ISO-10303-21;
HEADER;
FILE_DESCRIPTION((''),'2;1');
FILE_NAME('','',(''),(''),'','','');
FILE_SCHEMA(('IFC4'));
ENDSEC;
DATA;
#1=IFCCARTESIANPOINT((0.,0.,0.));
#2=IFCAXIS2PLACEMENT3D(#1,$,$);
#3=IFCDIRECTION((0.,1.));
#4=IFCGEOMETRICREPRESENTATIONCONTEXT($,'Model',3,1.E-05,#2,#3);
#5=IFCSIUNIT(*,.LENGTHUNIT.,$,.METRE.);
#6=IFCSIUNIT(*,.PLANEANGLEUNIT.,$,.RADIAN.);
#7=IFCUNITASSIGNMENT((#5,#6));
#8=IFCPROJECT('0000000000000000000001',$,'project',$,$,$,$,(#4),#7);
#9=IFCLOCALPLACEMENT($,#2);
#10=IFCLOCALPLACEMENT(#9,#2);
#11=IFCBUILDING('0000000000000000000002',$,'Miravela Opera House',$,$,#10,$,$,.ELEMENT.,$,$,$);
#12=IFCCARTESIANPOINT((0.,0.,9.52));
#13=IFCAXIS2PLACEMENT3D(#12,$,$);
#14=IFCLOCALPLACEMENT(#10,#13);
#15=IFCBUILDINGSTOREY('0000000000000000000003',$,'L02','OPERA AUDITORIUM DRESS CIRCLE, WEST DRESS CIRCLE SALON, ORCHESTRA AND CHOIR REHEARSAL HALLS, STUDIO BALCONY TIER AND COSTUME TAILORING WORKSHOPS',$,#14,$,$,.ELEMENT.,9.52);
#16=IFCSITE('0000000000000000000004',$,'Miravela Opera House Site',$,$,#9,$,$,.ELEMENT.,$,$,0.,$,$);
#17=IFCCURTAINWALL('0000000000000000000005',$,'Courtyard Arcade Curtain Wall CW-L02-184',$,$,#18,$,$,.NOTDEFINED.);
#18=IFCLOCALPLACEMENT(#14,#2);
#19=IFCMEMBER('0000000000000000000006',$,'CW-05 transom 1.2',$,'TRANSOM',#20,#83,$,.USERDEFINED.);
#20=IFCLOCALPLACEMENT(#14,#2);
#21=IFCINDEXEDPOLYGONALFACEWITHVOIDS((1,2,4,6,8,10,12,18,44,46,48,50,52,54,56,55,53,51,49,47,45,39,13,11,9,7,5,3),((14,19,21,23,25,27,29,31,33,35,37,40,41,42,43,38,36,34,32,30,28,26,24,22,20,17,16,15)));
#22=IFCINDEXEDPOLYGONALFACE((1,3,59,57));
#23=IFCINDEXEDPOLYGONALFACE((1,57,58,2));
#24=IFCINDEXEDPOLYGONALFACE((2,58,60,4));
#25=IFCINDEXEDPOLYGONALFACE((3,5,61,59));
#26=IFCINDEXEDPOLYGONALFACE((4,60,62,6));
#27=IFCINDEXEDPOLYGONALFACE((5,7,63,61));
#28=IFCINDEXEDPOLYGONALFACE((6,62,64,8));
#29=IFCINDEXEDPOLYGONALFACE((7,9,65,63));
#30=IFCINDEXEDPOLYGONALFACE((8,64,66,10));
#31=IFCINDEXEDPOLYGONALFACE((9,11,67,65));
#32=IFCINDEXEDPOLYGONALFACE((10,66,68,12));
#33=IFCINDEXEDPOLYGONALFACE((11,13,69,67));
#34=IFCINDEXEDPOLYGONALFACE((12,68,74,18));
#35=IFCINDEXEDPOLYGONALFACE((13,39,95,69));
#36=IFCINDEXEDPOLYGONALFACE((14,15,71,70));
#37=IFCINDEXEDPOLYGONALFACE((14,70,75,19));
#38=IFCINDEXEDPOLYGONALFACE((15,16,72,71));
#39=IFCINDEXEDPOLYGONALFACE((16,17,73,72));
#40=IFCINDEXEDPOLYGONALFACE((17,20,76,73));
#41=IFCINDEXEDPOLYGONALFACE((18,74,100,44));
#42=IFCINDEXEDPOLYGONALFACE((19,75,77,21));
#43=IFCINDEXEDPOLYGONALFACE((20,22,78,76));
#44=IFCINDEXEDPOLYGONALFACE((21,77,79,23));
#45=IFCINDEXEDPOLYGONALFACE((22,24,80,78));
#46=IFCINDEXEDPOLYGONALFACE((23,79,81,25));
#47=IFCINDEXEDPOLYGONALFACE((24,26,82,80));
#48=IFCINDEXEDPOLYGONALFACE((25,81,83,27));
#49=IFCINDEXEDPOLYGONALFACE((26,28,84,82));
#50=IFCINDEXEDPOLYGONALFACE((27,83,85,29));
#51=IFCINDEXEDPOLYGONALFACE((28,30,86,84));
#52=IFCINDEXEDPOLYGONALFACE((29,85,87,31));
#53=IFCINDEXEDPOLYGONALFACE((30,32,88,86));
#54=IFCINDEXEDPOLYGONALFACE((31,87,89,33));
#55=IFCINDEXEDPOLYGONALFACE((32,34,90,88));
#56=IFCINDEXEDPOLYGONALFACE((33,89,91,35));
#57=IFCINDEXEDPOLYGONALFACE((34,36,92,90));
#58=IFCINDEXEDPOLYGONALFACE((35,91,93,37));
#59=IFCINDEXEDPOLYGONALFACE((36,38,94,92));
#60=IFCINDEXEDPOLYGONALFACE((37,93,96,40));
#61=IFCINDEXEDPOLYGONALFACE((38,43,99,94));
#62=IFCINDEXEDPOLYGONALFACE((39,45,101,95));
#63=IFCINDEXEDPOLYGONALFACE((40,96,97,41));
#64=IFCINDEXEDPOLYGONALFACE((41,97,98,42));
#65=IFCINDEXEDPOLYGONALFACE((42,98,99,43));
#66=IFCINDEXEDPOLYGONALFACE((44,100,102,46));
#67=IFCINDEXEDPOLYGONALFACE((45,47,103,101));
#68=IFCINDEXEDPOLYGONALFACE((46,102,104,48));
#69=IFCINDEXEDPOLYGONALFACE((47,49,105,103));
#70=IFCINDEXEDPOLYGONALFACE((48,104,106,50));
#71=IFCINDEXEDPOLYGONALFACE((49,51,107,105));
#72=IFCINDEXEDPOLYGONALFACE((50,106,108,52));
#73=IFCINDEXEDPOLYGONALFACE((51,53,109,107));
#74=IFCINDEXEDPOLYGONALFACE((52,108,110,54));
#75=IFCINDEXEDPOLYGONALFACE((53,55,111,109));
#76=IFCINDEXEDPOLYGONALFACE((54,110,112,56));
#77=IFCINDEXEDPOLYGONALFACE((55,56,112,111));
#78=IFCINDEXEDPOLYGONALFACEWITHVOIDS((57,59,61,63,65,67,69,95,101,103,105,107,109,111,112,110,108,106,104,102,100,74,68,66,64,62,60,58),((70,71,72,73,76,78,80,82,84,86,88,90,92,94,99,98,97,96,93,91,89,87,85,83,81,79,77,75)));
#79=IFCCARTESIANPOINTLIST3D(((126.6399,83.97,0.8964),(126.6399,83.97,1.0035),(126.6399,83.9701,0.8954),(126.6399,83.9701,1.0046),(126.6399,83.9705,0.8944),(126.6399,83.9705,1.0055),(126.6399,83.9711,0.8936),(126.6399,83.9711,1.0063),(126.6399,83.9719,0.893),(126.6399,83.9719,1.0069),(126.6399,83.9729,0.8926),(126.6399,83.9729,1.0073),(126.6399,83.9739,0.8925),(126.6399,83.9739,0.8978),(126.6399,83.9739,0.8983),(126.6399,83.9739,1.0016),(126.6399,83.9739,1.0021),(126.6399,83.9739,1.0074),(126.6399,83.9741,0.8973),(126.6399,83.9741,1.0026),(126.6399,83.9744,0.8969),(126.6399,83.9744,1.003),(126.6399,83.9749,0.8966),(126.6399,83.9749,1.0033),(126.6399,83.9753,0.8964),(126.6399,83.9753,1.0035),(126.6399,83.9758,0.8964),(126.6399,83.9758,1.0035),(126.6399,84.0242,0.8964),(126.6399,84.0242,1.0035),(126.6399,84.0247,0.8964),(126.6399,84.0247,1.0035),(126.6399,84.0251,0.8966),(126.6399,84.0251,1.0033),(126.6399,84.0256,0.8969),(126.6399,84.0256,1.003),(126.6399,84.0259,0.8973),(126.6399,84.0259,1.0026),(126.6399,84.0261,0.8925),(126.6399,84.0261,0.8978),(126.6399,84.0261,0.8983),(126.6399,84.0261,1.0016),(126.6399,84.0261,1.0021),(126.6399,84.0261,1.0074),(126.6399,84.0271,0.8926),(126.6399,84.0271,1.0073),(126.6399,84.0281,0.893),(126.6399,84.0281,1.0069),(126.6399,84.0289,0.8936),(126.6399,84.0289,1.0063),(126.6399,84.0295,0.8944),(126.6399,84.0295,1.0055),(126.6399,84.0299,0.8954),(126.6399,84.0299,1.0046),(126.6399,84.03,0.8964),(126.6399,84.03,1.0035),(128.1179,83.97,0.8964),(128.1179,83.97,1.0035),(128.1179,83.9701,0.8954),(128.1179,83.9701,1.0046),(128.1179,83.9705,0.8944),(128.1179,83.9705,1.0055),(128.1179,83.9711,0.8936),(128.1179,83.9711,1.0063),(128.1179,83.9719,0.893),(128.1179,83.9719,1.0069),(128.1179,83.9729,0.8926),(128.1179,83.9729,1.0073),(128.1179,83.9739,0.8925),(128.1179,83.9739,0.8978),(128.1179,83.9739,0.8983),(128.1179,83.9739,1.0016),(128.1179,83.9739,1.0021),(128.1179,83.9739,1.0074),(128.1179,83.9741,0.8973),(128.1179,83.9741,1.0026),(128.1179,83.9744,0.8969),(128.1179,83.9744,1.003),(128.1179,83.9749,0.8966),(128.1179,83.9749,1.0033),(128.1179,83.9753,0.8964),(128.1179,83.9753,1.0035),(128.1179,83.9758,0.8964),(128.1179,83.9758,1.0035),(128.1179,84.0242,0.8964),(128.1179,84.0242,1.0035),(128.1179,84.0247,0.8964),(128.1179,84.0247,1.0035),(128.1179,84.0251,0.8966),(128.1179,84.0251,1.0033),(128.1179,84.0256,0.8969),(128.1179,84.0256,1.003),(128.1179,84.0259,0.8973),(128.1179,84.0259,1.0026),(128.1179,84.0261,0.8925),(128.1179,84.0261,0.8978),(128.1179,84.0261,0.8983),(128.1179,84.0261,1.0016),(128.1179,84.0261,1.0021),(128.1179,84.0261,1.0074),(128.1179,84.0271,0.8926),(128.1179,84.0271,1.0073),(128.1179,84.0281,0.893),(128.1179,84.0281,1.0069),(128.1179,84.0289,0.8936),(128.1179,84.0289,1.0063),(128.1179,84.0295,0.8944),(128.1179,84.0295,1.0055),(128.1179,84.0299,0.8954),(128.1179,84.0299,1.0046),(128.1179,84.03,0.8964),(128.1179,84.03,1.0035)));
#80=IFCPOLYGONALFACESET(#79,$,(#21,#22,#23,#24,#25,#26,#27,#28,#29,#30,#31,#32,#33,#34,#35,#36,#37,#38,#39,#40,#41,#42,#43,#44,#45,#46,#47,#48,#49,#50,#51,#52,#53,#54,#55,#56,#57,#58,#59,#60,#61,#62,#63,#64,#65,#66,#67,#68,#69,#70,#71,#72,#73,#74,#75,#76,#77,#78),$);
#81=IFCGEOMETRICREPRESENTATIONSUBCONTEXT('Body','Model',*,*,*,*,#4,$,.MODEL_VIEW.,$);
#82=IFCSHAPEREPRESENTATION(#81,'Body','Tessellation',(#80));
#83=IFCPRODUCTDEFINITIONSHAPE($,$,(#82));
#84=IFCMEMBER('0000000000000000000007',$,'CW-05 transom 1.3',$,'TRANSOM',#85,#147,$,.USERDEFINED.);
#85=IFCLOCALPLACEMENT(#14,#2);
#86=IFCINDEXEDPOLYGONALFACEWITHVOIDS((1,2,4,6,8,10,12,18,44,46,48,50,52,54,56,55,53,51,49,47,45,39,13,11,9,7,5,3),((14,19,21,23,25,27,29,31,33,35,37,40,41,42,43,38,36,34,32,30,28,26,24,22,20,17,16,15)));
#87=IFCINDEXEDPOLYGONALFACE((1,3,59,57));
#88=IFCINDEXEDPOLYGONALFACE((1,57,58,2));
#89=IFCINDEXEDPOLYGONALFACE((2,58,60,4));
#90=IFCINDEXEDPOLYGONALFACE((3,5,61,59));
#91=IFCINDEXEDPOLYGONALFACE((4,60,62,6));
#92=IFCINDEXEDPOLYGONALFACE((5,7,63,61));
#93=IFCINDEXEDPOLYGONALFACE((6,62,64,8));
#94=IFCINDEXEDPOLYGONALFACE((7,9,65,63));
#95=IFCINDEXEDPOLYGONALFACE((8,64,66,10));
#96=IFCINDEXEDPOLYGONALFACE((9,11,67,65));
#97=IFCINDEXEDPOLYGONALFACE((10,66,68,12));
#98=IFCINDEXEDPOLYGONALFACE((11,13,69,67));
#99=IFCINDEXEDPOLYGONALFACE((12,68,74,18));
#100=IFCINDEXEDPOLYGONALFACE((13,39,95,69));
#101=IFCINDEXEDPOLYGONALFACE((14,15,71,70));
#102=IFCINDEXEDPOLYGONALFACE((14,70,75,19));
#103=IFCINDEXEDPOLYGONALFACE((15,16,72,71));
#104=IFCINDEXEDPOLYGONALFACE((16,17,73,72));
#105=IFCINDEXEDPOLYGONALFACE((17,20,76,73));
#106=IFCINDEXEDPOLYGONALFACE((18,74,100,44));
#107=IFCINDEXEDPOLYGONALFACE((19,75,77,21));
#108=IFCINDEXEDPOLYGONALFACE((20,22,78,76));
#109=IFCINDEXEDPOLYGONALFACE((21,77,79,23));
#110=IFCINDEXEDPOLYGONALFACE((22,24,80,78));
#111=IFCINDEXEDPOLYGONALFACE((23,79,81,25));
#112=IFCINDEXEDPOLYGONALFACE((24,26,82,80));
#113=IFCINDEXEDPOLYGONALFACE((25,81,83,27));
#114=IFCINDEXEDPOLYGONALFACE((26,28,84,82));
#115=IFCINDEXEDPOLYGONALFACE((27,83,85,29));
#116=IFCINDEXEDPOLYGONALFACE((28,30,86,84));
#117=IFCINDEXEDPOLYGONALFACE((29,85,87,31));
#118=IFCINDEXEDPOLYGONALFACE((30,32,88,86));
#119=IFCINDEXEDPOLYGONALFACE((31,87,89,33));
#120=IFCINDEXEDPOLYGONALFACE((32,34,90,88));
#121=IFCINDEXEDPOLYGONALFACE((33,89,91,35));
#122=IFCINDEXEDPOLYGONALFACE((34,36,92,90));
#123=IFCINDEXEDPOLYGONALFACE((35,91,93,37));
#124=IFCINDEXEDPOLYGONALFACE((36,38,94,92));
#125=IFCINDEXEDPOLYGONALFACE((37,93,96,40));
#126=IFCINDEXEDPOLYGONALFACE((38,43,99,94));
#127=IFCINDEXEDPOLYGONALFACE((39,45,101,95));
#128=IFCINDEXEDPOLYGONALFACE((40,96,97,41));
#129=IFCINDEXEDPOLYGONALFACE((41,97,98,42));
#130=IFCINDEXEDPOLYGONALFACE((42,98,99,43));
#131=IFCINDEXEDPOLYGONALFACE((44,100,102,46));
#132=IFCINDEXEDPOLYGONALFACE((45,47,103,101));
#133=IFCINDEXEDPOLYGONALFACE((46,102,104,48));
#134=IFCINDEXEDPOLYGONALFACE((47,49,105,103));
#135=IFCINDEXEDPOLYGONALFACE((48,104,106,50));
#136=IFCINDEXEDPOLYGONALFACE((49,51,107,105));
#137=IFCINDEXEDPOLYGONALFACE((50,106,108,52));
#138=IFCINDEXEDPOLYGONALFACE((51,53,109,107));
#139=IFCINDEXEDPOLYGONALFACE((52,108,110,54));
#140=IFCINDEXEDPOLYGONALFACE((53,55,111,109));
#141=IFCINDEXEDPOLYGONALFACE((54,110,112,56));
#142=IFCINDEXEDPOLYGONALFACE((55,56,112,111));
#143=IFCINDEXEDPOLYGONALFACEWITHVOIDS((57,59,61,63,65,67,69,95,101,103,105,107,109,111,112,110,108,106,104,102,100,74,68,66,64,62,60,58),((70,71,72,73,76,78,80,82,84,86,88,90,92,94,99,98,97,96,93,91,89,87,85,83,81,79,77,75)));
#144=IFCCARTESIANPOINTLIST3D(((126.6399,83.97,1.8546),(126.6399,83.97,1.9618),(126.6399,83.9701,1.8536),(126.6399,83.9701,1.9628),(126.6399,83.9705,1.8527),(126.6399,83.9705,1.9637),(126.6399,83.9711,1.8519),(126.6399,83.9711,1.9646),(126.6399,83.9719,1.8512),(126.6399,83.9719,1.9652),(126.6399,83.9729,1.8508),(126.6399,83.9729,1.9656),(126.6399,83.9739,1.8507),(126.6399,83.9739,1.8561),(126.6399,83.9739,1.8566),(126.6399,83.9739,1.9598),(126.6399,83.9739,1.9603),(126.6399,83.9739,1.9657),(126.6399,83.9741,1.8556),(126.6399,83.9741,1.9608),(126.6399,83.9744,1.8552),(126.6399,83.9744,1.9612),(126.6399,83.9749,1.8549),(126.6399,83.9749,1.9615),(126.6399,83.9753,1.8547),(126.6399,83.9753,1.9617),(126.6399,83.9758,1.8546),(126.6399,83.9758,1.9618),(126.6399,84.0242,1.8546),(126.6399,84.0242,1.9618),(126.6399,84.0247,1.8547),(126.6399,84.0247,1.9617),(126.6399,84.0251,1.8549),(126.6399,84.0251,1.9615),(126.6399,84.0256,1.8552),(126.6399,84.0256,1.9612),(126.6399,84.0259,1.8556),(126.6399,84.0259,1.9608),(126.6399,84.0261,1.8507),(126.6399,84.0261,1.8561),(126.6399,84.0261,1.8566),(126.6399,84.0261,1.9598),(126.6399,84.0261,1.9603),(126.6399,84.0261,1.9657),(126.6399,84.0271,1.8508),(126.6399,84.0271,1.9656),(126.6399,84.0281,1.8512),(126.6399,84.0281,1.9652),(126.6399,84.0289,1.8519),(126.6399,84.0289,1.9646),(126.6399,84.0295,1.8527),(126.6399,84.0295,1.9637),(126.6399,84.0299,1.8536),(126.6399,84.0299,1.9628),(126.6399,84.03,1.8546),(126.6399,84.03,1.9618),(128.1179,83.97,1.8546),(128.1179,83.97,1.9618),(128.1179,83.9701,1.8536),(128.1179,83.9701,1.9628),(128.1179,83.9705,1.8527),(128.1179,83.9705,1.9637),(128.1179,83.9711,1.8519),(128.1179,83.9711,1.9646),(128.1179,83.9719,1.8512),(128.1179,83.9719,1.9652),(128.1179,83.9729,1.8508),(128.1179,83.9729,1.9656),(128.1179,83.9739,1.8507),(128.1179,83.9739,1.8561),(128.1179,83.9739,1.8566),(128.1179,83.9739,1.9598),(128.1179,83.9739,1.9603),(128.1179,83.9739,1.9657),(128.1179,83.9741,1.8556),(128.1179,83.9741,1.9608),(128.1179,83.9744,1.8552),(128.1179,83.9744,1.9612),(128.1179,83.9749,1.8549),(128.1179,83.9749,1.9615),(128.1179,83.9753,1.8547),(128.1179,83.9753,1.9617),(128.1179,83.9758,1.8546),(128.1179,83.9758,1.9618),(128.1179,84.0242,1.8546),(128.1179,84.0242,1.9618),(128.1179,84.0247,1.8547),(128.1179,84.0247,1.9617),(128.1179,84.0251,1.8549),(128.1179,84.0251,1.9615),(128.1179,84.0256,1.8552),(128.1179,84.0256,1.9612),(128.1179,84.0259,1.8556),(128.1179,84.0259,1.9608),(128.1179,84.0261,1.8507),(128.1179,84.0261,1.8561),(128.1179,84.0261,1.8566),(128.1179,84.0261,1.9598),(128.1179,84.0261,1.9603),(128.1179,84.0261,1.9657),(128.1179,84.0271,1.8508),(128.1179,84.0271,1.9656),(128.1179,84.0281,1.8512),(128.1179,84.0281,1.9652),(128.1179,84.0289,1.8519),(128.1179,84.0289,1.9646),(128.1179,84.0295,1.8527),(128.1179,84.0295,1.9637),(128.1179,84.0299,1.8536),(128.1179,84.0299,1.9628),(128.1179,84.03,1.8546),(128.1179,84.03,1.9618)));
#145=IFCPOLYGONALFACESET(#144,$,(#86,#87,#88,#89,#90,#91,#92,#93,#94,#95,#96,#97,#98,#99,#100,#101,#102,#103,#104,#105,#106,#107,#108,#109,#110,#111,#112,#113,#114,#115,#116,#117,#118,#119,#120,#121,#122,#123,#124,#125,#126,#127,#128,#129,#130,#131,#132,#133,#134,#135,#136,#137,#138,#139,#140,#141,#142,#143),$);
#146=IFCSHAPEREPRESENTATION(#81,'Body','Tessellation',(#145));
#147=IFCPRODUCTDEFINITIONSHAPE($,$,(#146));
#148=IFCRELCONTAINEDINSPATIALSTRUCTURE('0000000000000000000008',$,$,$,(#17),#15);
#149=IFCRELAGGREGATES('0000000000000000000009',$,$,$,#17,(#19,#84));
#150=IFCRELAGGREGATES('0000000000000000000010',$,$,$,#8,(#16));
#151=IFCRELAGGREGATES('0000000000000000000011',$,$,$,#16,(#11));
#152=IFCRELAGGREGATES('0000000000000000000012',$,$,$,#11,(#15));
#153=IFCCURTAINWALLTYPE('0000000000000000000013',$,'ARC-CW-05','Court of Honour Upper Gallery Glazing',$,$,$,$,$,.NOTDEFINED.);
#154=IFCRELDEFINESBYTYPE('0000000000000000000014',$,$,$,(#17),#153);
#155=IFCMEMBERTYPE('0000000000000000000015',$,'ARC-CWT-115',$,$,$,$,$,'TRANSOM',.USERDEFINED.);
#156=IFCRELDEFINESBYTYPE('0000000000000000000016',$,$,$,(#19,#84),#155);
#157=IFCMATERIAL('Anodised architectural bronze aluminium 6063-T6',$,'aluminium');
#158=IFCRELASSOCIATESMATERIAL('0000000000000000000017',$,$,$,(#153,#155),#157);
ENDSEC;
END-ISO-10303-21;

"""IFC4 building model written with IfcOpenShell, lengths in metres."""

from ifc_helpers import new_model, si_unit, direction, frame, origin, origin_2d, place, context, subcontext, project, spatial, hollow_rectangle, extrude, material, material_profile, profile_set, type_object, element, aggregate, save


model = new_model("IFC4")

# Units and contexts
model_context = context("Model", 3, precision=1e-05, world=origin(), true_north=direction((0.0, 1.0)))
body_context = subcontext(model_context, "Body", "Model", "MODEL_VIEW")
ifc_project = project(units=[si_unit("LENGTHUNIT", "METRE"), si_unit("PLANEANGLEUNIT", "RADIAN")], contexts=[model_context])

# Site, building, storey
site_placement = place(None, origin())
site = spatial("IfcSite", under=ifc_project, at=site_placement, Name="Miravela Opera House Site", CompositionType="ELEMENT", RefElevation=0.0)
building_placement = place(site_placement, origin())
building = spatial("IfcBuilding", under=site, at=building_placement, Name="Miravela Opera House", CompositionType="ELEMENT")
storey_placement = place(building_placement, frame((0.0, 0.0, 9.52)))
storey = spatial("IfcBuildingStorey", under=building, at=storey_placement, Name="L02", Description="OPERA AUDITORIUM DRESS CIRCLE, WEST DRESS CIRCLE SALON, ORCHESTRA AND CHOIR REHEARSAL HALLS, STUDIO BALCONY TIER AND COSTUME TAILORING WORKSHOPS", CompositionType="ELEMENT", Elevation=9.52)

# Curtain wall
ifc_material_1 = material(Name="Anodised architectural bronze aluminium 6063-T6", Category="aluminium")
curtain_wall_type = type_object("IfcCurtainWallType", Name="ARC-CW-05", Description="Court of Honour Upper Gallery Glazing", PredefinedType="NOTDEFINED", material=ifc_material_1)
curtain_wall_1_placement = place(storey_placement, origin())
curtain_wall_1 = element("IfcCurtainWall", 1, at=curtain_wall_1_placement, inside=storey, type_object=curtain_wall_type, Name="Courtyard Arcade Curtain Wall CW-L02-184", PredefinedType="NOTDEFINED")

# Members
ifc_material_profile_1 = material_profile(ifc_material_1, hollow_rectangle(XDim=0.0601, YDim=0.115, WallThickness=0.0039, InnerFilletRadius=0.002, OuterFilletRadius=0.0039, at=origin_2d()), Name="CWT-60X115")
ifc_profile_set_1 = profile_set([ifc_material_profile_1])
member_type_1 = type_object("IfcMemberType", Name="ARC-CWT-115", ElementType="TRANSOM", PredefinedType="USERDEFINED", material=ifc_profile_set_1)
member_1_placement = place(storey_placement, frame((126.6399, 84.0, 0.95), z_axis=(1.0, 0.0, 0.0), x_axis=(0.0, 1.0, 0.0)))
member_1 = element("IfcMember", 2, at=member_1_placement, type_object=member_type_1, Name="CW-05 transom 1.2", ObjectType="TRANSOM", PredefinedType="USERDEFINED", context=body_context, shape_type="SweptSolid", body=[
    extrude(hollow_rectangle(XDim=0.0601, YDim=0.115, WallThickness=0.0039, InnerFilletRadius=0.002, OuterFilletRadius=0.0039, at=origin_2d()), origin(), (0.0, 0.0, 1.0), 1.478),
])
member_2_placement = place(storey_placement, frame((126.6399, 84.0, 1.9082), z_axis=(1.0, 0.0, 0.0), x_axis=(0.0, 1.0, 0.0)))
member_2 = element("IfcMember", 3, at=member_2_placement, type_object=member_type_1, Name="CW-05 transom 1.3", ObjectType="TRANSOM", PredefinedType="USERDEFINED", context=body_context, shape_type="SweptSolid", body=[
    extrude(hollow_rectangle(XDim=0.0601, YDim=0.115, WallThickness=0.0039, InnerFilletRadius=0.002, OuterFilletRadius=0.0039, at=origin_2d()), origin(), (0.0, 0.0, 1.0), 1.478),
])

aggregate(curtain_wall_1, [member_1, member_2])

save(model, "model.ifc")
